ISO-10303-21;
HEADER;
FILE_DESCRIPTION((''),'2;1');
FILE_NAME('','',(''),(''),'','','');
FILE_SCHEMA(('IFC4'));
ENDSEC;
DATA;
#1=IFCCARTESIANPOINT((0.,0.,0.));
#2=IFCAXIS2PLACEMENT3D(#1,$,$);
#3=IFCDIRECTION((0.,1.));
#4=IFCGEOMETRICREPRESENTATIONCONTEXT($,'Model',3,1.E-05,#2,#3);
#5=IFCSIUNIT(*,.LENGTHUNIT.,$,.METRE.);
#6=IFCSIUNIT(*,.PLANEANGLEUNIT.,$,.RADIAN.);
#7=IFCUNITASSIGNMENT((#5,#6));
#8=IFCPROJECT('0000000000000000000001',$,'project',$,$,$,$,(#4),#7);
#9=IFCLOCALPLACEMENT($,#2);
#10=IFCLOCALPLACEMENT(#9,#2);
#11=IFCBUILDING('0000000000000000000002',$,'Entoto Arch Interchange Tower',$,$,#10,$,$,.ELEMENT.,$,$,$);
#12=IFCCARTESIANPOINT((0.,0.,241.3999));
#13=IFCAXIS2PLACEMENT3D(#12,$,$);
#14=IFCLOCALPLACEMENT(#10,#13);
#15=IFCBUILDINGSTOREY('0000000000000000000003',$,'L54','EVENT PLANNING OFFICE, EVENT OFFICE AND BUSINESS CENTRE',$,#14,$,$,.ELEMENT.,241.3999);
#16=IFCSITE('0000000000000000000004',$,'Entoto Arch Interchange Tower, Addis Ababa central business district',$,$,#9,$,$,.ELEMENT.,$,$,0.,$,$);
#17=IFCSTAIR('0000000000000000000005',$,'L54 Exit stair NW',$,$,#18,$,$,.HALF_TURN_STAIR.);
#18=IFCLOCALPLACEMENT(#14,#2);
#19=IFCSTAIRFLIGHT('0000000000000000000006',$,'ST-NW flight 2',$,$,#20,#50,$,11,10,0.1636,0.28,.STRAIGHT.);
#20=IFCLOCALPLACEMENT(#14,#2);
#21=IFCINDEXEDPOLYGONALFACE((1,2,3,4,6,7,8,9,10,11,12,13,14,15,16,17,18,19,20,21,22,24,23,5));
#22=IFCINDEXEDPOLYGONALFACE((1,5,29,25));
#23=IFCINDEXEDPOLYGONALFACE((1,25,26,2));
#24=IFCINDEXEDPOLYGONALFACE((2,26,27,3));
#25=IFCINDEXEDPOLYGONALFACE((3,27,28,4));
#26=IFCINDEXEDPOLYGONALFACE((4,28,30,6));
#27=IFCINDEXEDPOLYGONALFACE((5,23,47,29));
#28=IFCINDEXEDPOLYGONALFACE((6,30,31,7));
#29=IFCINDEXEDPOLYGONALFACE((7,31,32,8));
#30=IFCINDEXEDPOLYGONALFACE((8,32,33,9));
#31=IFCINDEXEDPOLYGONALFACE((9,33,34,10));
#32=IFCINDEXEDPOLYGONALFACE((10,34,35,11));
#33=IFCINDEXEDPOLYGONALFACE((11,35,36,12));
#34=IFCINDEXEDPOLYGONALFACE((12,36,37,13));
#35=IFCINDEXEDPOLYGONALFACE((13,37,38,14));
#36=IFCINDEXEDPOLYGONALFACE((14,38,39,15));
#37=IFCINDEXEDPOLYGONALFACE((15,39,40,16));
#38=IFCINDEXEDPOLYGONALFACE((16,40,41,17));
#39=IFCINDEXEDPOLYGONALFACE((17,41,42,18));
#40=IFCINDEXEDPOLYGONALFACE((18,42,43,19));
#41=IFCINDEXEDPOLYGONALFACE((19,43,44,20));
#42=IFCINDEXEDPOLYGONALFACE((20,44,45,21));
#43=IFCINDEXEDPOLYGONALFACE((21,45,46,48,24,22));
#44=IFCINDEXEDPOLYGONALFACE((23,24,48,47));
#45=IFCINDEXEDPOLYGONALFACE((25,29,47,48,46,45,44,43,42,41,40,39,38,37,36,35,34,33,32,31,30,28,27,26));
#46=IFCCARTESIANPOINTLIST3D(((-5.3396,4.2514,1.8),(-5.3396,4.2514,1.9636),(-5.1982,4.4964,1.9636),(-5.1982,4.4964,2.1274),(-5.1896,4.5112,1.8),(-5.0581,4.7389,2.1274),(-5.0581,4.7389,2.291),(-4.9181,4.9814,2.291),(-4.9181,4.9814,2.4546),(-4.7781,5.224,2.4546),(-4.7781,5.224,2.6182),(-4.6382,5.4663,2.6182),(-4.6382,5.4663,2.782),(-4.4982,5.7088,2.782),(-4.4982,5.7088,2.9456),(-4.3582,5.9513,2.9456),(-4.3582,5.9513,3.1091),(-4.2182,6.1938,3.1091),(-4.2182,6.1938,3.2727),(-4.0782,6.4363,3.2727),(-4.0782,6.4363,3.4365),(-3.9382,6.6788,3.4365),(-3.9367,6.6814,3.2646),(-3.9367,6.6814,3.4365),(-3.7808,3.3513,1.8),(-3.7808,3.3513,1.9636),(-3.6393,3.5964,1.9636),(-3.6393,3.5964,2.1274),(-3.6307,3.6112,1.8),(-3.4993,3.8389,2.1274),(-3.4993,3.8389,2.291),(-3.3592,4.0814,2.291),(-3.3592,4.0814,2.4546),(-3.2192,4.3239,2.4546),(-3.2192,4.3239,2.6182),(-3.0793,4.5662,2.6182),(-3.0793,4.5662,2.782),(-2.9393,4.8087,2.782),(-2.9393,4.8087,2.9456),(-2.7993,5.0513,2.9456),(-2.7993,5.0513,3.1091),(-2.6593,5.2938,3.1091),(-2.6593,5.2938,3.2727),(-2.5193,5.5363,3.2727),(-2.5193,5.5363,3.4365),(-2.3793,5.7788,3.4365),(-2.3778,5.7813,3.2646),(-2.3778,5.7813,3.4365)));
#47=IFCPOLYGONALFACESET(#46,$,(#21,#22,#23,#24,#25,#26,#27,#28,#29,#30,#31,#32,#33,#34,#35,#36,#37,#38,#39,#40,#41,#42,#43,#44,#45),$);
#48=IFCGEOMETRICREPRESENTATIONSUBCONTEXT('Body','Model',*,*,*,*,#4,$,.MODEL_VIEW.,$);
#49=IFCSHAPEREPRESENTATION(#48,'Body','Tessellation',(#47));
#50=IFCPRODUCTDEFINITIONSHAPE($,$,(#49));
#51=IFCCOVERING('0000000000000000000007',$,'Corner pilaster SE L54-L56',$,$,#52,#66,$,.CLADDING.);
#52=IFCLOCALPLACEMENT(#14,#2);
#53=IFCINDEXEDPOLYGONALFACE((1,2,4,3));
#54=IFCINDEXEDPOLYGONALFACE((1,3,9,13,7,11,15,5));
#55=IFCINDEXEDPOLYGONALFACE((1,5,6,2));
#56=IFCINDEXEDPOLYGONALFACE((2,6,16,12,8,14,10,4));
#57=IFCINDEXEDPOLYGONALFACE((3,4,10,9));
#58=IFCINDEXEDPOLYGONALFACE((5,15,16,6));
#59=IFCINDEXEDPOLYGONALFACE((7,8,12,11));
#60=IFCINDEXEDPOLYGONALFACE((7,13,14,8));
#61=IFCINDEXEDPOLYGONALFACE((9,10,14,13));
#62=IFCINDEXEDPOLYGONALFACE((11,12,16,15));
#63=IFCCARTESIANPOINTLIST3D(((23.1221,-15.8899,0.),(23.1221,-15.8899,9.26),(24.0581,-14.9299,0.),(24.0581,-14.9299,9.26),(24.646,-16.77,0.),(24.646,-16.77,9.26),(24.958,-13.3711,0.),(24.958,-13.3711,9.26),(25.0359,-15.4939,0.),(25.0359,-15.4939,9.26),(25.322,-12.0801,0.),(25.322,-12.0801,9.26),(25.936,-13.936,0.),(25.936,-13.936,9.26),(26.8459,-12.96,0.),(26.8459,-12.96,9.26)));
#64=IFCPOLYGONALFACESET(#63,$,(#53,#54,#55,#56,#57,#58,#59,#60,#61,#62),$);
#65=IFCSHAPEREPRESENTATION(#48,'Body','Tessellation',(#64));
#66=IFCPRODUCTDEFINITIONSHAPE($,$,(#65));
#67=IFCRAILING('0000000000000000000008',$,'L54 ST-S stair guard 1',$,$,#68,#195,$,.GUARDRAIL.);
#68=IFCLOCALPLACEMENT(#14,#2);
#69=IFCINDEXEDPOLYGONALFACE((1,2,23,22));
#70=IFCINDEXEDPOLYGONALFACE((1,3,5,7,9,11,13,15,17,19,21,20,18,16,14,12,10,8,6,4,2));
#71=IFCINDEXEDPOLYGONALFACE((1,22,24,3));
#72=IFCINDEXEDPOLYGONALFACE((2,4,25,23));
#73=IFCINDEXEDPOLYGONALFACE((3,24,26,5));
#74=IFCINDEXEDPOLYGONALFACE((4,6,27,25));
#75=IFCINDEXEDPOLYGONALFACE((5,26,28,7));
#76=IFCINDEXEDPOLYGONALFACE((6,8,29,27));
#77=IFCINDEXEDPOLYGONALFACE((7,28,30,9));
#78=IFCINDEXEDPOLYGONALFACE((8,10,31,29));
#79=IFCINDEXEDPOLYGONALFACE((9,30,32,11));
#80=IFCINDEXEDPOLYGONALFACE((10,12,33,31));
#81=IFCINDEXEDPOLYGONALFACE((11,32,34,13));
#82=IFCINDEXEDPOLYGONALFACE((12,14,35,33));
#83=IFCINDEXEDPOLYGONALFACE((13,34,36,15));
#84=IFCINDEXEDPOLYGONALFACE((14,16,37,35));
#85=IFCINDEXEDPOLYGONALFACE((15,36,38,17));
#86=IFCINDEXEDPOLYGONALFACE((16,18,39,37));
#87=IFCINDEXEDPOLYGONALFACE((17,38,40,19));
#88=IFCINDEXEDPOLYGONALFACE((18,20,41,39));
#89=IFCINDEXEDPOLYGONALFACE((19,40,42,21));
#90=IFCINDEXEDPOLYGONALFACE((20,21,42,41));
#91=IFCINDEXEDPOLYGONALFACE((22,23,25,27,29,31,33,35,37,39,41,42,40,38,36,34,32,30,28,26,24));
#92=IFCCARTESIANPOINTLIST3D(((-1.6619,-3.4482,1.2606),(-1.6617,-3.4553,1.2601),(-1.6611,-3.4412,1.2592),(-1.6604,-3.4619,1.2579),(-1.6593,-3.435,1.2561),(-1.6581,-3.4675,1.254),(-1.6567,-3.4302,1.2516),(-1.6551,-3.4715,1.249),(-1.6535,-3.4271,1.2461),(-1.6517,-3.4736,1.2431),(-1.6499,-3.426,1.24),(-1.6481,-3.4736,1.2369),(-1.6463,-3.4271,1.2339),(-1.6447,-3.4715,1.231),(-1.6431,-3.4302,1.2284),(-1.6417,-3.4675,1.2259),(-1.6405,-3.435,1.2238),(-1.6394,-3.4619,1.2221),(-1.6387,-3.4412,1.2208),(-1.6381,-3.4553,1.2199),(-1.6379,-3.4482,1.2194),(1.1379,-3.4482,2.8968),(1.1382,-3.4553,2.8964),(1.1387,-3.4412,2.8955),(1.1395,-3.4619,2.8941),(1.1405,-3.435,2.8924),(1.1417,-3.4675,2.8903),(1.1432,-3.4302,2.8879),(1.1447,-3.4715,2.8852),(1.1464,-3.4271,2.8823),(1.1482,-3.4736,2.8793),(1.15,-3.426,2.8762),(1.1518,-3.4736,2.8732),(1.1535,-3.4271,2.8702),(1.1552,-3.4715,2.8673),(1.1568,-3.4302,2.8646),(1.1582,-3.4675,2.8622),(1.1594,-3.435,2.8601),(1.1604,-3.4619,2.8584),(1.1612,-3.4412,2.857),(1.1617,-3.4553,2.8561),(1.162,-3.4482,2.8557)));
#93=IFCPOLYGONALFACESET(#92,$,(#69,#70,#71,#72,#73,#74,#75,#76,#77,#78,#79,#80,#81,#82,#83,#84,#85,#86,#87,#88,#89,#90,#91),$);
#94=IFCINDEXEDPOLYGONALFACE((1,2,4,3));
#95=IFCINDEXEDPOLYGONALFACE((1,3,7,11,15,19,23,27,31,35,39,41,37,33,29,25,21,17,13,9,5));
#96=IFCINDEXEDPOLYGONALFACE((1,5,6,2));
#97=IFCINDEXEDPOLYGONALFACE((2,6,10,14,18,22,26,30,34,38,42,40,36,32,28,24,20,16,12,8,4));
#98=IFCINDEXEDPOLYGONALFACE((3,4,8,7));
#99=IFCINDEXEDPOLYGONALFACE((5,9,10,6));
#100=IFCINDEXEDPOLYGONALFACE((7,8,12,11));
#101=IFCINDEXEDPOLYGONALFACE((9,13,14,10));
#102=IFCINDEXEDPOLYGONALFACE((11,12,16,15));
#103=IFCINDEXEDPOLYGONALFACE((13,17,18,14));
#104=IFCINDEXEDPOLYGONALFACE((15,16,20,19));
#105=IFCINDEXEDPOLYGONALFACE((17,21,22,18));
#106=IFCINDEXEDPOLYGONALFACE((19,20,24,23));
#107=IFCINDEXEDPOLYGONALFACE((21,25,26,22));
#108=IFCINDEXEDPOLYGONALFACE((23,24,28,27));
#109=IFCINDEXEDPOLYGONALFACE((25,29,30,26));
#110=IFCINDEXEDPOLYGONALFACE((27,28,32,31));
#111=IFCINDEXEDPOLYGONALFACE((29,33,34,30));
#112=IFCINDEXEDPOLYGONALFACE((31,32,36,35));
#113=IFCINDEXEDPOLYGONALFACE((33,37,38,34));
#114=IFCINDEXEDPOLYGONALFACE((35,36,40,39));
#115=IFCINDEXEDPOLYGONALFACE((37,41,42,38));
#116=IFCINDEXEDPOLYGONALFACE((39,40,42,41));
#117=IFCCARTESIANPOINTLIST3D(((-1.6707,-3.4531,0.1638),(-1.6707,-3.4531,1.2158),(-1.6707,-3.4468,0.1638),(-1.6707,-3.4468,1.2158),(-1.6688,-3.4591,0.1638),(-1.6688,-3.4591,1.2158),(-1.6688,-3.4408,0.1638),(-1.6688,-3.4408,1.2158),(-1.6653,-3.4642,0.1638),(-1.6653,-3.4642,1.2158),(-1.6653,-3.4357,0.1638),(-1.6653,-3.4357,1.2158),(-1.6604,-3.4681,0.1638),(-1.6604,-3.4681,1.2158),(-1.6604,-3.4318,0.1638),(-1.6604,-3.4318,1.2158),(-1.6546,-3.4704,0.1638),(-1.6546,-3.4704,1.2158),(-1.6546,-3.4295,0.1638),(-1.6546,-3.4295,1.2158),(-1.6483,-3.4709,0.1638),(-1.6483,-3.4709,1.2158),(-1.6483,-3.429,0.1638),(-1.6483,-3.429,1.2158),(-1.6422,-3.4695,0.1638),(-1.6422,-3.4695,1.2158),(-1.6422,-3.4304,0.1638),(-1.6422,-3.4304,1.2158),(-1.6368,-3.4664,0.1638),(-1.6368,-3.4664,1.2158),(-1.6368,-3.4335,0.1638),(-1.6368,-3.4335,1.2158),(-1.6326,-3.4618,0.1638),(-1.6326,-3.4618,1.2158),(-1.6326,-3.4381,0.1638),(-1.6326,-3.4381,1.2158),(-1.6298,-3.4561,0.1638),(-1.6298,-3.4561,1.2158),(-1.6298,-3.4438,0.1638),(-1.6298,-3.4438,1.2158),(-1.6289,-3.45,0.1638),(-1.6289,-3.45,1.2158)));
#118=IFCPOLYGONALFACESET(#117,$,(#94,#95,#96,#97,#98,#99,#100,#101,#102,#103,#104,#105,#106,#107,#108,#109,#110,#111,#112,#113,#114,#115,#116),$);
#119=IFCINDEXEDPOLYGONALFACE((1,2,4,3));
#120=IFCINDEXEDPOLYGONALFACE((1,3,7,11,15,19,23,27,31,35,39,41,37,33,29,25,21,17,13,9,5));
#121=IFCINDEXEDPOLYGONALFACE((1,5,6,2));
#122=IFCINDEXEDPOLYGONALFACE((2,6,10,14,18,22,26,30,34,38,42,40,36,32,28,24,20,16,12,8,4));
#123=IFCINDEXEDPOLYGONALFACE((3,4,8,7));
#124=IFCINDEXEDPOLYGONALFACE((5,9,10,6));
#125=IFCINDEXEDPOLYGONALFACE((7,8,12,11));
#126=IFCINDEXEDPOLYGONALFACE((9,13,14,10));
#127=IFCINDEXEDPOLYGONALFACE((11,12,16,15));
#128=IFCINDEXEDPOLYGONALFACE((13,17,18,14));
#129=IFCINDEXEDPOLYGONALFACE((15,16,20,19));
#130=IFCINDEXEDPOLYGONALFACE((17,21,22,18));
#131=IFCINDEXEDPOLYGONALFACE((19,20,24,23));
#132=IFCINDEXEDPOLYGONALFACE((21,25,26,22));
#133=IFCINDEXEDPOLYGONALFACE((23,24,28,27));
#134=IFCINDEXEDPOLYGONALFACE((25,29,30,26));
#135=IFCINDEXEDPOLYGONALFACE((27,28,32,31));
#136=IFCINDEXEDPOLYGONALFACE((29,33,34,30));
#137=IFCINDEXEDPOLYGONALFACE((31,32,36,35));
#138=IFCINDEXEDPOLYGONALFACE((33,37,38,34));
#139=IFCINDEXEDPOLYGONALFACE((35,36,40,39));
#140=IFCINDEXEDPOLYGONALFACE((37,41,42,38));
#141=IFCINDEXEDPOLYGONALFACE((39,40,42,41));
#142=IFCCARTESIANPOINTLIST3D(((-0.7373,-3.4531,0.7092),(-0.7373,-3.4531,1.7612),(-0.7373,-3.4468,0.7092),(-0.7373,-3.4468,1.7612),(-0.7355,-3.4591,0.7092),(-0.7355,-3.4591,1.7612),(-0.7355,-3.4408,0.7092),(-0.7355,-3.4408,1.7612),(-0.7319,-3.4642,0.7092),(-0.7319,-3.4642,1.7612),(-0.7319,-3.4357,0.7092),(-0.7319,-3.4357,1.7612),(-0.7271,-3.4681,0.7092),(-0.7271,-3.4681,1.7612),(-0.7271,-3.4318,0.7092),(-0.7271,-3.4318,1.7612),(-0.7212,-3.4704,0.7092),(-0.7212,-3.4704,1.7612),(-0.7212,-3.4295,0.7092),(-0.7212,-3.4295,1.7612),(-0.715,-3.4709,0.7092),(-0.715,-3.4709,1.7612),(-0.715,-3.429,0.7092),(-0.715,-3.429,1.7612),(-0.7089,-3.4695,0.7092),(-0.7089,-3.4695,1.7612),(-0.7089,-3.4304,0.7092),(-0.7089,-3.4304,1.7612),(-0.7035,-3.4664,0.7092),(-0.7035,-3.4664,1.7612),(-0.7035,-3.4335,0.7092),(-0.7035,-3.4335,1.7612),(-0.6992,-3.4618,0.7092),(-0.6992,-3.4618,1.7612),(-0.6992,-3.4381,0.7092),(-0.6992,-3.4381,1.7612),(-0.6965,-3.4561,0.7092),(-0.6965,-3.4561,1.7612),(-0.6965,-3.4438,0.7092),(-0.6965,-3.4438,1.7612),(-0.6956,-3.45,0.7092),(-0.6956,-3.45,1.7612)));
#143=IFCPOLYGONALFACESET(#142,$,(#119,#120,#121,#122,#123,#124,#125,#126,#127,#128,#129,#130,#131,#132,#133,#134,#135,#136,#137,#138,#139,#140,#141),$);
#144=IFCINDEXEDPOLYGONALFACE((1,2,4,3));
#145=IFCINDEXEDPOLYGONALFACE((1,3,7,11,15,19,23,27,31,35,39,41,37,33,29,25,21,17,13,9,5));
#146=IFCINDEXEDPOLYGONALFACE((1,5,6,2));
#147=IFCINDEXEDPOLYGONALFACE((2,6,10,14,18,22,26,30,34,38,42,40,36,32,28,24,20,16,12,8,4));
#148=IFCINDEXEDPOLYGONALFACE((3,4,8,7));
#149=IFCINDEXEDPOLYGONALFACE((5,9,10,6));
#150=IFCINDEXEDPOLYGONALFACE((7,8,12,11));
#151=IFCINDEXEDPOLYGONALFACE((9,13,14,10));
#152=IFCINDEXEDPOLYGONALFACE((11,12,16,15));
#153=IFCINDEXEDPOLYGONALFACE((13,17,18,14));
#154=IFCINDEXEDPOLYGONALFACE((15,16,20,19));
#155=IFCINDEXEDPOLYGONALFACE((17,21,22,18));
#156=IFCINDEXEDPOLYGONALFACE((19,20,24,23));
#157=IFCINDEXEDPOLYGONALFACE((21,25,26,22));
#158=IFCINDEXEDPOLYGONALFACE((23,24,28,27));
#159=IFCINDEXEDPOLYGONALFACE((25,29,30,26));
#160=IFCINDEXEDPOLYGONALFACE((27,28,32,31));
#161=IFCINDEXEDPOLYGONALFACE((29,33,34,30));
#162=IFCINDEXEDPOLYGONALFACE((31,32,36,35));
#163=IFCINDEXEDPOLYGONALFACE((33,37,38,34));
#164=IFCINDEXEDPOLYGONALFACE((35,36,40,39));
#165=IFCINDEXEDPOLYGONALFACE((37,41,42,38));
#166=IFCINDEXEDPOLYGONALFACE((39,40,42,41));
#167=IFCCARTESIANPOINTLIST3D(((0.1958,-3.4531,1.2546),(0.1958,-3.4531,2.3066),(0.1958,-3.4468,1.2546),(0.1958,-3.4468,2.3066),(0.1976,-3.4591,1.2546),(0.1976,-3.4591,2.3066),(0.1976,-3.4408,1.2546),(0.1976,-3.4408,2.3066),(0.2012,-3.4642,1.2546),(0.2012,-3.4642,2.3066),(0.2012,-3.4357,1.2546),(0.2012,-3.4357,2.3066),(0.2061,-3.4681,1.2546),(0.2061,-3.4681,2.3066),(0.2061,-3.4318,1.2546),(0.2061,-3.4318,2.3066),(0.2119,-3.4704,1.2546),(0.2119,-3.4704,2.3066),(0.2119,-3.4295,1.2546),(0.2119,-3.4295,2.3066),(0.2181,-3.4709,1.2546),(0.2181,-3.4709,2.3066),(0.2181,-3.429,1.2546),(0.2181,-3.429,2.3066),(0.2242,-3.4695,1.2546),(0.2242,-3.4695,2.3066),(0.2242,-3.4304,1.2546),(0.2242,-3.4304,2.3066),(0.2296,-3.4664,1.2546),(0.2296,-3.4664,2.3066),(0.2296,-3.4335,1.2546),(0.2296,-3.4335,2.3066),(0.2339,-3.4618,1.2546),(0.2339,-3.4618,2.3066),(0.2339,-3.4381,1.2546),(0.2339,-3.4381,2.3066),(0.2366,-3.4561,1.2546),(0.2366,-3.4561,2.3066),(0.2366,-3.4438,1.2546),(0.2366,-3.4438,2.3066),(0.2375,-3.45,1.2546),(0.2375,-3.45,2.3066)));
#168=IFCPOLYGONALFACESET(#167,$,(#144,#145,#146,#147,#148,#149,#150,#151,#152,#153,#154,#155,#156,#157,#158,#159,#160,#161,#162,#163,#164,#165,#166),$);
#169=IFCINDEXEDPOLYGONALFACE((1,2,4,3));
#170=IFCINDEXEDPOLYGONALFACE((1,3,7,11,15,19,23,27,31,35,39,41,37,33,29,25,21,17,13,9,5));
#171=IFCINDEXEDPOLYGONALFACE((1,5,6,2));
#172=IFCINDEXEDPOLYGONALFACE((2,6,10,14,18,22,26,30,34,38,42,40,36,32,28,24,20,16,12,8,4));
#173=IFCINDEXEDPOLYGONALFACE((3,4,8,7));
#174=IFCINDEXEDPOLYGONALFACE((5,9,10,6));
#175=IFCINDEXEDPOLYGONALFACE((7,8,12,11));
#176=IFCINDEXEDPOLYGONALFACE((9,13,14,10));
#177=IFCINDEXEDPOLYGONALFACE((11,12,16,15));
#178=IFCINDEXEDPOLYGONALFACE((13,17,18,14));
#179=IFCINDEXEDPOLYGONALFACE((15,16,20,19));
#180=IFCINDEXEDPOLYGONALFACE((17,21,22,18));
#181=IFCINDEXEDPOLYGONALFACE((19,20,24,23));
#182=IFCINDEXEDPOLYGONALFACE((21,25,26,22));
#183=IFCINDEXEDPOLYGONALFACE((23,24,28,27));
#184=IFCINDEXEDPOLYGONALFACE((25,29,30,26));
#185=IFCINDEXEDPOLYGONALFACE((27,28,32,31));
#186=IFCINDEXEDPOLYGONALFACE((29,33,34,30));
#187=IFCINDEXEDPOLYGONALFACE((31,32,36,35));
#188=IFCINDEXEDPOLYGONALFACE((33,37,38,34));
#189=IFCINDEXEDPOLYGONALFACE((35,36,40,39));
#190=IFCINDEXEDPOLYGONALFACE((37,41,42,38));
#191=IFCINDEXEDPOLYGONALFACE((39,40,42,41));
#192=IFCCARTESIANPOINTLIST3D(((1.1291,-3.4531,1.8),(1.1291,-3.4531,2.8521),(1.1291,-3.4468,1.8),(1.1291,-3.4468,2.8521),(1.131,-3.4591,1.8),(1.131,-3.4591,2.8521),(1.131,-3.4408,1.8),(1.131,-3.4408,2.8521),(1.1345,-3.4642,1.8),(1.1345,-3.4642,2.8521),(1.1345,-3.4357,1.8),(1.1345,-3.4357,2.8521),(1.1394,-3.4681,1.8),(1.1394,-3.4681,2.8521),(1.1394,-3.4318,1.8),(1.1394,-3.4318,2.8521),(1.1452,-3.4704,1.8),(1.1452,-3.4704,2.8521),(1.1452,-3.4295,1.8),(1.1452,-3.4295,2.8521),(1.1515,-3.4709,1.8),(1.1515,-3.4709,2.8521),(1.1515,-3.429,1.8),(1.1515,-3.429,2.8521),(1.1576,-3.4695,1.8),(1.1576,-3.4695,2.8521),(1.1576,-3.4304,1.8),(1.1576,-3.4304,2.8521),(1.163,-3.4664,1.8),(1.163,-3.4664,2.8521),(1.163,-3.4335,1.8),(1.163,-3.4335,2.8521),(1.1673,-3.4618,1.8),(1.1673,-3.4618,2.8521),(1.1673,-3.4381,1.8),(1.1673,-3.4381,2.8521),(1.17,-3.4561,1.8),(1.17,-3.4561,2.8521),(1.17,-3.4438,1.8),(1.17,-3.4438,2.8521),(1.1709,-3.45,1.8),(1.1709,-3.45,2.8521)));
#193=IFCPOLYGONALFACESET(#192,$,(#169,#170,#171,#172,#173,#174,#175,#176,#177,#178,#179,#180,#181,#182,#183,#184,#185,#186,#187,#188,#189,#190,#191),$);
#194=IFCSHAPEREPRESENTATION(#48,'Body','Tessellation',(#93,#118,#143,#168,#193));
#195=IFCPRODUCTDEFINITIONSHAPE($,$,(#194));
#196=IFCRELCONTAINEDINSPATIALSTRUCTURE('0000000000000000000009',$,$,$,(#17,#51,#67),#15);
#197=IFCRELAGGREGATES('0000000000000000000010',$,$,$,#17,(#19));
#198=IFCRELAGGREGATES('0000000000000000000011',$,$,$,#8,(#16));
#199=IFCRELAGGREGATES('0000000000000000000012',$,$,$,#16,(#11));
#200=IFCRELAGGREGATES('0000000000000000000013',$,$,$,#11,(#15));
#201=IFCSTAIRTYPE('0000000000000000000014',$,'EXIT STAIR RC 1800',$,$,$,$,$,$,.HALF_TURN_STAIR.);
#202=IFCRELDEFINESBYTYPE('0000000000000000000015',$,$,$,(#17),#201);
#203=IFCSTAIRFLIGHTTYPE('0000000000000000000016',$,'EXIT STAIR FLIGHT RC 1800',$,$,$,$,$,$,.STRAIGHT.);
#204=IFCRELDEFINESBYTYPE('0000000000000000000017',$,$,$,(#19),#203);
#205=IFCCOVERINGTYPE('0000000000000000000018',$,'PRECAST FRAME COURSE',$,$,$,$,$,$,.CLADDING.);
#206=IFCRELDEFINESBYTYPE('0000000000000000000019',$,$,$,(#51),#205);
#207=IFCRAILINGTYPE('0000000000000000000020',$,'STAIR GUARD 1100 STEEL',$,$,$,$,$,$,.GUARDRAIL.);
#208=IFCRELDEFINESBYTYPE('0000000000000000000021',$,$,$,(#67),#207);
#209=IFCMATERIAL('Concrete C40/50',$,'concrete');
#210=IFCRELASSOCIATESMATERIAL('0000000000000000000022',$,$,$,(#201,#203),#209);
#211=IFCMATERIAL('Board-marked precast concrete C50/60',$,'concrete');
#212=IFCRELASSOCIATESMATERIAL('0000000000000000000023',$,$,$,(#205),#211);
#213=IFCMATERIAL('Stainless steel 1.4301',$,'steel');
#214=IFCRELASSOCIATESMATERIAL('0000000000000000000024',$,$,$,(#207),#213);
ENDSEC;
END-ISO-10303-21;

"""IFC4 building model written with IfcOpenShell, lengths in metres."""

from ifc_helpers import new_model, si_unit, direction, frame, origin, origin_2d, place, context, subcontext, project, spatial, polyline, circle, outline, extrude, material, type_object, element, aggregate, save


model = new_model("IFC4")

# Units and contexts
model_context = context("Model", 3, precision=1e-05, world=origin(), true_north=direction((0.0, 1.0)))
body_context = subcontext(model_context, "Body", "Model", "MODEL_VIEW")
ifc_project = project(units=[si_unit("LENGTHUNIT", "METRE"), si_unit("PLANEANGLEUNIT", "RADIAN")], contexts=[model_context])

# Site, building, storey
site_placement = place(None, origin())
site = spatial("IfcSite", under=ifc_project, at=site_placement, Name="Entoto Arch Interchange Tower, Addis Ababa central business district", CompositionType="ELEMENT", RefElevation=0.0)
building_placement = place(site_placement, origin())
building = spatial("IfcBuilding", under=site, at=building_placement, Name="Entoto Arch Interchange Tower", CompositionType="ELEMENT")
storey_placement = place(building_placement, frame((0.0, 0.0, 241.3999)))
storey = spatial("IfcBuildingStorey", under=building, at=storey_placement, Name="L54", Description="EVENT PLANNING OFFICE, EVENT OFFICE AND BUSINESS CENTRE", CompositionType="ELEMENT", Elevation=241.3999)

# Shared definitions
ifc_material_1 = material(Name="Concrete C40/50", Category="concrete")

# Stair, stair flight
stair_type = type_object("IfcStairType", Name="EXIT STAIR RC 1800", PredefinedType="HALF_TURN_STAIR", material=ifc_material_1)
stair_flight_type = type_object("IfcStairFlightType", Name="EXIT STAIR FLIGHT RC 1800", PredefinedType="STRAIGHT", material=ifc_material_1)
stair_1_placement = place(storey_placement, origin())
stair_1 = element("IfcStair", 1, at=stair_1_placement, inside=storey, type_object=stair_type, Name="L54 Exit stair NW", PredefinedType="HALF_TURN_STAIR")
stair_flight_1_placement = place(storey_placement, frame((-4.5588, 3.804, 1.8), z_axis=(0.0, 0.0, 1.0), x_axis=(0.5, 0.866025, 0.0)))
stair_flight_1 = element("IfcStairFlight", 2, at=stair_flight_1_placement, type_object=stair_flight_type, Name="ST-NW flight 2", NumberOfRisers=11, NumberOfTreads=10, PredefinedType="STRAIGHT", RiserHeight=0.1636, TreadLength=0.28, context=body_context, shape_type="SweptSolid", body=[
    extrude(outline(polyline([(-0.0029, 0.0), (-0.0029, 0.1636), (0.28, 0.1636), (0.28, 0.3274), (0.5601, 0.3274), (0.5601, 0.491), (0.8401, 0.491), (0.8401, 0.6545), (1.1201, 0.6545), (1.1201, 0.8181), (1.3999, 0.8181), (1.3999, 0.9819), (1.6799, 0.9819), (1.6799, 1.1455), (1.96, 1.1455), (1.96, 1.3091), (2.24, 1.3091), (2.24, 1.4727), (2.52, 1.4727), (2.52, 1.6365), (2.8, 1.6365), (2.803, 1.6365), (2.803, 1.4646), (0.2971, 0.0), (-0.0029, 0.0)])), frame((0.0, 0.8999, 0.0), z_axis=(0.0, -1.0, 0.0), x_axis=(1.0, 0.0, 0.0)), (0.0, 0.0, 1.0), 1.8),
])
aggregate(stair_1, [stair_flight_1])

# Covering
ifc_material_2 = material(Name="Board-marked precast concrete C50/60", Category="concrete")
covering_type = type_object("IfcCoveringType", Name="PRECAST FRAME COURSE", PredefinedType="CLADDING", material=ifc_material_2)
covering_placement = place(storey_placement, origin())
element("IfcCovering", 3, at=covering_placement, inside=storey, type_object=covering_type, Name="Corner pilaster SE L54-L56", PredefinedType="CLADDING", context=body_context, shape_type="SweptSolid", body=[
    extrude(outline(polyline([(26.8459, -12.96), (24.646, -16.77), (23.1221, -15.8899), (24.0581, -14.9299), (25.0359, -15.4939), (25.936, -13.936), (24.958, -13.3711), (25.322, -12.0801), (26.8459, -12.96)])), origin(), (0.0, 0.0, 1.0), 9.26),
])

# Railing
ifc_material_3 = material(Name="Stainless steel 1.4301", Category="steel")
railing_type_1 = type_object("IfcRailingType", Name="STAIR GUARD 1100 STEEL", PredefinedType="GUARDRAIL", material=ifc_material_3)
railing_1_placement = place(storey_placement, frame((-1.6499, -3.45, 0.1638)))
element("IfcRailing", 4, at=railing_1_placement, inside=storey, type_object=railing_type_1, Name="L54 ST-S stair guard 1", PredefinedType="GUARDRAIL", context=body_context, shape_type="SweptSolid", body=[
    extrude(circle(Radius=0.0239, at=origin_2d()), frame((0.0, 0.0, 1.0762), z_axis=(0.863374, 0.0, 0.504564), x_axis=(0.0, 1.0, 0.0)), (0.0, 0.0, 1.0), 3.2429),
    extrude(circle(Radius=0.021, at=origin_2d()), origin(), (0.0, 0.0, 1.0), 1.052),
    extrude(circle(Radius=0.021, at=origin_2d()), frame((0.9333, 0.0, 0.5454)), (0.0, 0.0, 1.0), 1.052),
    extrude(circle(Radius=0.021, at=origin_2d()), frame((1.8665, 0.0, 1.0908)), (0.0, 0.0, 1.0), 1.052),
    extrude(circle(Radius=0.021, at=origin_2d()), frame((2.7998, 0.0, 1.6362)), (0.0, 0.0, 1.0), 1.052),
])

save(model, "model.ifc")
